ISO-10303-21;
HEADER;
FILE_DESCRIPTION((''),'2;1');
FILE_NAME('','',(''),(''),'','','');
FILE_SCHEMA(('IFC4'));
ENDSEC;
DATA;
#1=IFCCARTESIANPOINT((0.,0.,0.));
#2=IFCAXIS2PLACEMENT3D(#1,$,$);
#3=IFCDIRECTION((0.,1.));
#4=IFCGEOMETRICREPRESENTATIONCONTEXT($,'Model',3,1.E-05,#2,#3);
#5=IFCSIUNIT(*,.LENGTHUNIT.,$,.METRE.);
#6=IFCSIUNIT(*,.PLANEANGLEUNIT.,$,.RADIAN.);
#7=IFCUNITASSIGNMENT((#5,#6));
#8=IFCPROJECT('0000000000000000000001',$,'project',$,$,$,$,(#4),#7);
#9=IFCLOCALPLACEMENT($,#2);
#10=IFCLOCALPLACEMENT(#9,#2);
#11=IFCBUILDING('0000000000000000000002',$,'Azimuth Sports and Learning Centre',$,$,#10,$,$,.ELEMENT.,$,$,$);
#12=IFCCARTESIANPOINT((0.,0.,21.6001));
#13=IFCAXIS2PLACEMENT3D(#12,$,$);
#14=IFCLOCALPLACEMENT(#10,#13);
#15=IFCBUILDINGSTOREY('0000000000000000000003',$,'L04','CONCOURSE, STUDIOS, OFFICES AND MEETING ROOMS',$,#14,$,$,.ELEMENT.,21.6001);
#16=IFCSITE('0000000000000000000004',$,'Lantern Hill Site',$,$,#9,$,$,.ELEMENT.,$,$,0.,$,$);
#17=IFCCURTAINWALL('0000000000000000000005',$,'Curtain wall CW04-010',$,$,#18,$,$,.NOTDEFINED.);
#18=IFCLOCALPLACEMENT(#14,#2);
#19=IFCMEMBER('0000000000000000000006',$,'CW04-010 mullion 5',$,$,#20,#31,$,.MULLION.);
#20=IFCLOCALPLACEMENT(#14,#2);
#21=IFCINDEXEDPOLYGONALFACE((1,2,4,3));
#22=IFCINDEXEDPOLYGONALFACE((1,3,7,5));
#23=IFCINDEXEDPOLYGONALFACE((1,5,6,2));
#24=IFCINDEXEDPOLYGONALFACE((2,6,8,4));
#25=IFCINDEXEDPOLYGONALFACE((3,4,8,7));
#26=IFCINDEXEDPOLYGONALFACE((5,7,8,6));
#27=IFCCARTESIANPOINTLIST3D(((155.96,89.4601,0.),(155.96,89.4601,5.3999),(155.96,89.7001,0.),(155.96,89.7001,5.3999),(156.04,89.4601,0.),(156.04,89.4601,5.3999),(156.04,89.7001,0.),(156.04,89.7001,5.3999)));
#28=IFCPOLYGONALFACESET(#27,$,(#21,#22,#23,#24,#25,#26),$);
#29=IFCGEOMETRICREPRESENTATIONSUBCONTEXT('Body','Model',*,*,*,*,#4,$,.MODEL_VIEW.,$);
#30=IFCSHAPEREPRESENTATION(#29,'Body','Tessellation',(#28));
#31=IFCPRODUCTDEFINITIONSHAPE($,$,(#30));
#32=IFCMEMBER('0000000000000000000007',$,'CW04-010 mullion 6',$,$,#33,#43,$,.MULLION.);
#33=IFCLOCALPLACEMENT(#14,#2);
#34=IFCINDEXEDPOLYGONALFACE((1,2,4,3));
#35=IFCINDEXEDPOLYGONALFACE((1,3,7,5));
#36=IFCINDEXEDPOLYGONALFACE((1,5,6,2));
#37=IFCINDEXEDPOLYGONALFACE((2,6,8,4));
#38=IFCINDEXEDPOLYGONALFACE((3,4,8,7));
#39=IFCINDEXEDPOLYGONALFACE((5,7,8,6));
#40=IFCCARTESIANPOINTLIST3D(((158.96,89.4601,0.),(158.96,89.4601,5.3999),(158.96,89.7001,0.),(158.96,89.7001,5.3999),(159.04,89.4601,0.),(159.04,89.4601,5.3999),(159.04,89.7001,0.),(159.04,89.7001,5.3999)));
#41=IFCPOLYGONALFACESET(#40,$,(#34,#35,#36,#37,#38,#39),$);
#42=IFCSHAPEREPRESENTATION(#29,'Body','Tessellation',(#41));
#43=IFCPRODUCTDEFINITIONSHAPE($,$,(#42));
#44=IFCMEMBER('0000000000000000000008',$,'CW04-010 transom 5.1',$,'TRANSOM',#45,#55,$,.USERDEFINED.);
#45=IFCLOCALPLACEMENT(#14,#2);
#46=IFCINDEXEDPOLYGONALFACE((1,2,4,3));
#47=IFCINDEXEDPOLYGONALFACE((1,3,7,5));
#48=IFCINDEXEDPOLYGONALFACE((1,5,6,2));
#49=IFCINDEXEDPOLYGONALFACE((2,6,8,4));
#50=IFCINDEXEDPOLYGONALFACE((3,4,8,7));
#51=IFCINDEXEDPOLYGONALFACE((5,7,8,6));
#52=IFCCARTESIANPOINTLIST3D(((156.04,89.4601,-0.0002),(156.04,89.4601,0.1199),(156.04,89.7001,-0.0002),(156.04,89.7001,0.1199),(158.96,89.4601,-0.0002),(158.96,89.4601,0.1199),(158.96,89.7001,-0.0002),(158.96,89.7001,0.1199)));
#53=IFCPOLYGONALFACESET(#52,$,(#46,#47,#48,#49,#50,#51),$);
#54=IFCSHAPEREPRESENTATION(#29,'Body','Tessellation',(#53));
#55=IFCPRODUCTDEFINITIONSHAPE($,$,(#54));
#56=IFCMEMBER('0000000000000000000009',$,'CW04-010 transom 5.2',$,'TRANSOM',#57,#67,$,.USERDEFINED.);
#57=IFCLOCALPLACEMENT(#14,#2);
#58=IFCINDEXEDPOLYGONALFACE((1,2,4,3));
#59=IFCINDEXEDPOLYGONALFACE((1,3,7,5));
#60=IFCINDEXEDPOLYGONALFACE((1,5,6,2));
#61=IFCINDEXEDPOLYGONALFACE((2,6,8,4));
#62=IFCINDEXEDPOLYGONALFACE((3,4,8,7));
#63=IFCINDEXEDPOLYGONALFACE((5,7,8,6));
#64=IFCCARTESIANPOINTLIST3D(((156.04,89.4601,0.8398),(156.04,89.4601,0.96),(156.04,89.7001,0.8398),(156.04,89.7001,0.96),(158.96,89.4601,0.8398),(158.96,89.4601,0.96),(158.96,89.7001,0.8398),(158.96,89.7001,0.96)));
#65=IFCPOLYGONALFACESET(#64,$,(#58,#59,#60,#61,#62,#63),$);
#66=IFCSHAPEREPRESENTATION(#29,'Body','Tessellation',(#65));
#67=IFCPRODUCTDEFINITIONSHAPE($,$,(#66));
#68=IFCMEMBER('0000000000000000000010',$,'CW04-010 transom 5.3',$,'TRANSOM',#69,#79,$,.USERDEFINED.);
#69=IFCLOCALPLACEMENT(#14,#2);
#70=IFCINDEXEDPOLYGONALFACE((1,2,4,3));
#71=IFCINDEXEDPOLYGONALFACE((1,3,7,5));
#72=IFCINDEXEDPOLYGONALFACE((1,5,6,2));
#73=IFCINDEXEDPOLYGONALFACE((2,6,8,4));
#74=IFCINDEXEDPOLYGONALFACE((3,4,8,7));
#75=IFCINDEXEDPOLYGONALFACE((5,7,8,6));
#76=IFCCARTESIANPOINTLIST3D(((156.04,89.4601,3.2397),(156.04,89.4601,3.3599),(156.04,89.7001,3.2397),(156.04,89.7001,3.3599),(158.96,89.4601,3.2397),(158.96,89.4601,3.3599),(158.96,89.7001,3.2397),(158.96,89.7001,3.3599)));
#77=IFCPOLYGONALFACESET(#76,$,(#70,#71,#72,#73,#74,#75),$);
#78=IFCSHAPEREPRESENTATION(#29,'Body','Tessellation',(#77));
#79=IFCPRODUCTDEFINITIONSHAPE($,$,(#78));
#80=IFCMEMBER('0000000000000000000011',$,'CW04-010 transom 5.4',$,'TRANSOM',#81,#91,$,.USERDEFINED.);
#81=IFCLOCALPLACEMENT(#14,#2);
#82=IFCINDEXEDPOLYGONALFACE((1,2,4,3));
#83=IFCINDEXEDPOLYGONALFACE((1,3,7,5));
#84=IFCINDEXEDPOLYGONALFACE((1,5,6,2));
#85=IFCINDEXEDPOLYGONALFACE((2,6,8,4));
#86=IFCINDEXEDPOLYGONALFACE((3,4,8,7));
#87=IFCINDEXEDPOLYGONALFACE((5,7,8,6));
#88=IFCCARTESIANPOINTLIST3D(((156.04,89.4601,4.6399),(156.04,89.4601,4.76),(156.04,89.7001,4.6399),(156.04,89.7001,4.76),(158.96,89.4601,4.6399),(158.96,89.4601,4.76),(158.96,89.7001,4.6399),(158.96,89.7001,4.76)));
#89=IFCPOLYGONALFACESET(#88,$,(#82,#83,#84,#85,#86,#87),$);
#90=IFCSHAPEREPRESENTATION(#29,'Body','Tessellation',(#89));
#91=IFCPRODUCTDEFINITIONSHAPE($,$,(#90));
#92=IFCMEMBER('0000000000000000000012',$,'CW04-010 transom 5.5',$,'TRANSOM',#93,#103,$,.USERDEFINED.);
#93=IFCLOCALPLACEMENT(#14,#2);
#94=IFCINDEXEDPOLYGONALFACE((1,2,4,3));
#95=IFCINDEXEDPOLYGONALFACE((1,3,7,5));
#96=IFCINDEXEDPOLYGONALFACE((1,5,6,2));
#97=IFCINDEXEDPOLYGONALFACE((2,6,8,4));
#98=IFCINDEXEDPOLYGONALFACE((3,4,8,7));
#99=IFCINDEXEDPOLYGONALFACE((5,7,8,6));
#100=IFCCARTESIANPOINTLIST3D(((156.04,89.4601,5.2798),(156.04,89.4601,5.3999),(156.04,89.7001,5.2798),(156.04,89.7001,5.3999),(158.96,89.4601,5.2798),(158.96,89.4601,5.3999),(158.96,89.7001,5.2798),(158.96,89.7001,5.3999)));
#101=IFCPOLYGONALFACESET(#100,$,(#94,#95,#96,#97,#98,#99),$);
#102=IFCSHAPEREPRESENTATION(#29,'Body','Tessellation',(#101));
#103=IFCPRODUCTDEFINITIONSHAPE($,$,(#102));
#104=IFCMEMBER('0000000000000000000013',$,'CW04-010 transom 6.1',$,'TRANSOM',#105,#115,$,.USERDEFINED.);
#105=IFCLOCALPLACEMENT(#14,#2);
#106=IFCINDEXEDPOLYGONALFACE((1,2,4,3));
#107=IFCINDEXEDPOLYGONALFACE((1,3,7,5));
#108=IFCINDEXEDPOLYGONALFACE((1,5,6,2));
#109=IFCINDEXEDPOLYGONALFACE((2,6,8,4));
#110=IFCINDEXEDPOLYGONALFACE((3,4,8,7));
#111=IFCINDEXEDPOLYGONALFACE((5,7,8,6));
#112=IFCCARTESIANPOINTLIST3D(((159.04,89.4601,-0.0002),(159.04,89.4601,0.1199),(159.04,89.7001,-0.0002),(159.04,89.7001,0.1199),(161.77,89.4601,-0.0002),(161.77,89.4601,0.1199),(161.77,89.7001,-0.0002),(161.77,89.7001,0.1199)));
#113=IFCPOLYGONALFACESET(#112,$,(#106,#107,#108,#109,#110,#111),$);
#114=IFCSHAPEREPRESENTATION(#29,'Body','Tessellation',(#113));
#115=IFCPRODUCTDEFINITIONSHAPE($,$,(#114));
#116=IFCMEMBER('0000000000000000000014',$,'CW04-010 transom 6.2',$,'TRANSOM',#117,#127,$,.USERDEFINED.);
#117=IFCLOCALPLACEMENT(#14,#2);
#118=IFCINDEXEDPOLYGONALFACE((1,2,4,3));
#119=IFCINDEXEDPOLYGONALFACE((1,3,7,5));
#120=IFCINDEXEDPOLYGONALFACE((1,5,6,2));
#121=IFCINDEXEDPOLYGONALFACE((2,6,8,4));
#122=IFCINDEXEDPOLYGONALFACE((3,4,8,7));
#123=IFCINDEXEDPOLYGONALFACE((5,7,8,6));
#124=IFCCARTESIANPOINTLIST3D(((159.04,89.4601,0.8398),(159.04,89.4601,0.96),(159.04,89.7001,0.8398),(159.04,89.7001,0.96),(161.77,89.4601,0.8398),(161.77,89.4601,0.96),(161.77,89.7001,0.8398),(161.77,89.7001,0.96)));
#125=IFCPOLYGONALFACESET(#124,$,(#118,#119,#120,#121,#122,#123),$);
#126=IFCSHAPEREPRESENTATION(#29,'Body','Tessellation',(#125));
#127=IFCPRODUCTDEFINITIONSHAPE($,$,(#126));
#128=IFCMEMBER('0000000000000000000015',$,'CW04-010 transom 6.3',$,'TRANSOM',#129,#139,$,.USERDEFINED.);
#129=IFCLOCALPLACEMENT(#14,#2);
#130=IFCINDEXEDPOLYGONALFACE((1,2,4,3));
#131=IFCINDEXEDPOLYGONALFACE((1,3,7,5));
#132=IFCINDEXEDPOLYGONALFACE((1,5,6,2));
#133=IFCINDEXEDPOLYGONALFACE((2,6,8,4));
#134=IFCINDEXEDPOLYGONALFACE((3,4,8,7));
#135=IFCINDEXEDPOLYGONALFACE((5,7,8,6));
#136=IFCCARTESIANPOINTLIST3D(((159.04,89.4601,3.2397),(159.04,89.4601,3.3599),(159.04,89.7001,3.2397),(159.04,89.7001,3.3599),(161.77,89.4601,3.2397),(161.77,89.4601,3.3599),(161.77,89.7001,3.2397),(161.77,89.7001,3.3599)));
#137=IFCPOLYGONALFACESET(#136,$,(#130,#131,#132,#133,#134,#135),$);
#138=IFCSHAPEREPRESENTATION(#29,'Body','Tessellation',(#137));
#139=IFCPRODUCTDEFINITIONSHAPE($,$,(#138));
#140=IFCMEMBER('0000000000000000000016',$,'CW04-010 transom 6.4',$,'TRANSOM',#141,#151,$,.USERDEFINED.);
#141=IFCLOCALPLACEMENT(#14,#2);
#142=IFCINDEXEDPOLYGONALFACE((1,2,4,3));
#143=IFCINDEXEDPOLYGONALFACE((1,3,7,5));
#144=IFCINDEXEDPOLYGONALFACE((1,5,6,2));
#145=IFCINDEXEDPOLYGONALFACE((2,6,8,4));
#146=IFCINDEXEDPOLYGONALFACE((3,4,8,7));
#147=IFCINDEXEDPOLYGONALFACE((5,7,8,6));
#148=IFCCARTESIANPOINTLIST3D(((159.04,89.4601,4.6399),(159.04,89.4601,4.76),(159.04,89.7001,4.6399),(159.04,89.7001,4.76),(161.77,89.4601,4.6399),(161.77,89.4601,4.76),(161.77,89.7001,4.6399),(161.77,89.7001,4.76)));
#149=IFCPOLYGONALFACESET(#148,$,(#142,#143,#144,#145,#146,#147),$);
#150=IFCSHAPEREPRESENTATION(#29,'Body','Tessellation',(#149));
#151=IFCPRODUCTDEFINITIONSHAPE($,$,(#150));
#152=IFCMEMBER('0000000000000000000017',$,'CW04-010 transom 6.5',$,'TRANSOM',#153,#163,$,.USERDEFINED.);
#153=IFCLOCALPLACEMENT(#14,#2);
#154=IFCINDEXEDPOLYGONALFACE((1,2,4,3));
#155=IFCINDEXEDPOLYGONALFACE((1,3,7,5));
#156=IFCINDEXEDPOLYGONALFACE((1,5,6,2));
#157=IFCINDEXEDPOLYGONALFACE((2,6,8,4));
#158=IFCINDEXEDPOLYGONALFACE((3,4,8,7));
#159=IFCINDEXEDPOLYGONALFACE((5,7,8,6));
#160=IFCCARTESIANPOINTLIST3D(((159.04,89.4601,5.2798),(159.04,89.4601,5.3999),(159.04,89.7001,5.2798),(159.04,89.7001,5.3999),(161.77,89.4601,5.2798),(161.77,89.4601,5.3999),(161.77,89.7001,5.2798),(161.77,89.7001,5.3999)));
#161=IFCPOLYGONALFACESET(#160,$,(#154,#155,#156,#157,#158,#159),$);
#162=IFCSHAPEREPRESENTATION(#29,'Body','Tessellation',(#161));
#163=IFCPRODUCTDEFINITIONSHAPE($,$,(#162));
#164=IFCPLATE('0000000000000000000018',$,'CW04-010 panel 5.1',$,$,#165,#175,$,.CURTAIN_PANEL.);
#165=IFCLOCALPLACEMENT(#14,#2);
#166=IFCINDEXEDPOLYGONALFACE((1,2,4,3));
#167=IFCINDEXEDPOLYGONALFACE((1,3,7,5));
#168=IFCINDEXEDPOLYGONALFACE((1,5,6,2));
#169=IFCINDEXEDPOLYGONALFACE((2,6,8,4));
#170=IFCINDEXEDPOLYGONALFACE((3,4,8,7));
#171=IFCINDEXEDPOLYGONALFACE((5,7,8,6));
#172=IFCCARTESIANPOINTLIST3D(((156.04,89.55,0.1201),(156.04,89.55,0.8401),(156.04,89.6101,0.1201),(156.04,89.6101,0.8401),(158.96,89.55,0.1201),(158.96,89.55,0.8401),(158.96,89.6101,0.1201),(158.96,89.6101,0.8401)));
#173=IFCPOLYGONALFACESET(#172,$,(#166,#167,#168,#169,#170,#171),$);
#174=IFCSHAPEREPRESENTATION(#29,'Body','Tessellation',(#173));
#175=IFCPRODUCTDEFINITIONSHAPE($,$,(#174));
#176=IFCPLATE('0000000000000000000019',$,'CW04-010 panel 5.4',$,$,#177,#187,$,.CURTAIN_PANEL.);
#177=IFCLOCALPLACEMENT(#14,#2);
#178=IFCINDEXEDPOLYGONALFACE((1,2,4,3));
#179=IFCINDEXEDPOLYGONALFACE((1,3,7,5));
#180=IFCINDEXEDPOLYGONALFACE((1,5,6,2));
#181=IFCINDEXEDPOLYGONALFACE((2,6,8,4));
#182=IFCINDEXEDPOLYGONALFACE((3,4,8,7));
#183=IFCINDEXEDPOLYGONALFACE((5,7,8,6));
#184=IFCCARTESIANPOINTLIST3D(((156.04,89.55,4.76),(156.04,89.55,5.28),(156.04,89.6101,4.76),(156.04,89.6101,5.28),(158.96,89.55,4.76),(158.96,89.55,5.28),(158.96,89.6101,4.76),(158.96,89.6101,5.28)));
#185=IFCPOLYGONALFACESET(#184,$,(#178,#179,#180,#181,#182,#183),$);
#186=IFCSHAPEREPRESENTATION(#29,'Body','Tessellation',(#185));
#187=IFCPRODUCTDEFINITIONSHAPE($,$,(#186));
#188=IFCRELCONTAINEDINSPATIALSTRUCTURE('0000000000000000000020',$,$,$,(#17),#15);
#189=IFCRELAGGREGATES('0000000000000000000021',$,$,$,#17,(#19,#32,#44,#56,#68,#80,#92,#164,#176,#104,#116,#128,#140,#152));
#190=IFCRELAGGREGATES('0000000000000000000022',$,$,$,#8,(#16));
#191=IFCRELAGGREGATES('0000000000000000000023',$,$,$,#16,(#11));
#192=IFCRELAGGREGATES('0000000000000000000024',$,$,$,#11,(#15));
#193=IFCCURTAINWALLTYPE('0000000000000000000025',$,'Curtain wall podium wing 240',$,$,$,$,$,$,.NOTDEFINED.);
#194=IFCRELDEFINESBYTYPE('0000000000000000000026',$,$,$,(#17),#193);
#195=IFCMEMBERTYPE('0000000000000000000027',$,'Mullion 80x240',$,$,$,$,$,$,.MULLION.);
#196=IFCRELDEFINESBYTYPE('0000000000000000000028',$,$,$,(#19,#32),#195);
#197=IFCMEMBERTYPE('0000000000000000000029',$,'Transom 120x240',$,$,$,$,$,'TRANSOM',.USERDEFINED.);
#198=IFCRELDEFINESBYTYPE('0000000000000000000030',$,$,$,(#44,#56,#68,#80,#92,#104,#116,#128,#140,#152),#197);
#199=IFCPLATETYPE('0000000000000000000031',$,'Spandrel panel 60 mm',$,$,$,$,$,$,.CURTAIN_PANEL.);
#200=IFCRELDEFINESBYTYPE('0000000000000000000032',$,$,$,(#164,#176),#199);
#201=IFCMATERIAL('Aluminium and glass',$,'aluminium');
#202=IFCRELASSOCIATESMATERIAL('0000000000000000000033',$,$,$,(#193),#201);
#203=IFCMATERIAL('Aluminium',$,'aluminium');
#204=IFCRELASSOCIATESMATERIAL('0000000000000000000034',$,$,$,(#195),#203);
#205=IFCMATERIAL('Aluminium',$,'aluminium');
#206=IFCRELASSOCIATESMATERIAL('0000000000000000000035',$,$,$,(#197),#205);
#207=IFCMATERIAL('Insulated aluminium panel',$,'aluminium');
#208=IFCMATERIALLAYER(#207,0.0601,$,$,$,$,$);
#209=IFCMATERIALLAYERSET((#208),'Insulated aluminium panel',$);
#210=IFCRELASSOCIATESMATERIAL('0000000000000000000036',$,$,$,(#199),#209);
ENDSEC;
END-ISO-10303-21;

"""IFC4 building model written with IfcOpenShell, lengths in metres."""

from ifc_helpers import new_model, si_unit, direction, frame, origin, origin_2d, place, context, subcontext, project, spatial, rectangle, extrude, material, layer, layer_set, material_profile, profile_set, type_object, element, aggregate, save


model = new_model("IFC4")

# Units and contexts
model_context = context("Model", 3, precision=1e-05, world=origin(), true_north=direction((0.0, 1.0)))
body_context = subcontext(model_context, "Body", "Model", "MODEL_VIEW")
ifc_project = project(units=[si_unit("LENGTHUNIT", "METRE"), si_unit("PLANEANGLEUNIT", "RADIAN")], contexts=[model_context])

# Site, building, storey
site_placement = place(None, origin())
site = spatial("IfcSite", under=ifc_project, at=site_placement, Name="Lantern Hill Site", CompositionType="ELEMENT", RefElevation=0.0)
building_placement = place(site_placement, origin())
building = spatial("IfcBuilding", under=site, at=building_placement, Name="Azimuth Sports and Learning Centre", CompositionType="ELEMENT")
storey_placement = place(building_placement, frame((0.0, 0.0, 21.6001)))
storey = spatial("IfcBuildingStorey", under=building, at=storey_placement, Name="L04", Description="CONCOURSE, STUDIOS, OFFICES AND MEETING ROOMS", CompositionType="ELEMENT", Elevation=21.6001)

# Curtain wall, members, plates
ifc_material_1 = material(Name="Aluminium and glass", Category="aluminium")
curtain_wall_type = type_object("IfcCurtainWallType", Name="Curtain wall podium wing 240", PredefinedType="NOTDEFINED", material=ifc_material_1)
curtain_wall_placement = place(storey_placement, origin())
curtain_wall = element("IfcCurtainWall", 1, at=curtain_wall_placement, inside=storey, type_object=curtain_wall_type, Name="Curtain wall CW04-010", PredefinedType="NOTDEFINED")
ifc_material_2 = material(Name="Aluminium", Category="aluminium")
ifc_material_profile_1 = material_profile(ifc_material_2, rectangle(XDim=0.24, YDim=0.0801, at=origin_2d()), Name="Mullion 80x240")
ifc_profile_set_1 = profile_set([ifc_material_profile_1], Name="Aluminium")
member_type_1 = type_object("IfcMemberType", Name="Mullion 80x240", PredefinedType="MULLION", material=ifc_profile_set_1)
member_1_placement = place(storey_placement, frame((156.0, 89.5801, 0.0), z_axis=(0.0, 0.0, 1.0), x_axis=(0.0, 1.0, 0.0)))
member_1 = element("IfcMember", 2, at=member_1_placement, type_object=member_type_1, Name="CW04-010 mullion 5", PredefinedType="MULLION", context=body_context, shape_type="SweptSolid", body=[
    extrude(rectangle(XDim=0.24, YDim=0.0801, at=origin_2d()), origin(), (0.0, 0.0, 1.0), 5.3999),
])
member_2_placement = place(storey_placement, frame((159.0, 89.5801, 0.0), z_axis=(0.0, 0.0, 1.0), x_axis=(0.0, 1.0, 0.0)))
member_2 = element("IfcMember", 3, at=member_2_placement, type_object=member_type_1, Name="CW04-010 mullion 6", PredefinedType="MULLION", context=body_context, shape_type="SweptSolid", body=[
    extrude(rectangle(XDim=0.24, YDim=0.0801, at=origin_2d()), origin(), (0.0, 0.0, 1.0), 5.3999),
])
ifc_material_3 = material(Name="Aluminium", Category="aluminium")
ifc_material_profile_2 = material_profile(ifc_material_3, rectangle(XDim=0.24, YDim=0.1201, at=origin_2d()), Name="Transom 120x240")
ifc_profile_set_2 = profile_set([ifc_material_profile_2], Name="Aluminium")
member_type_2 = type_object("IfcMemberType", Name="Transom 120x240", ElementType="TRANSOM", PredefinedType="USERDEFINED", material=ifc_profile_set_2)
member_3_placement = place(storey_placement, frame((156.04, 89.5801, 0.0598), z_axis=(1.0, 0.0, 0.0), x_axis=(0.0, 1.0, 0.0)))
member_3 = element("IfcMember", 4, at=member_3_placement, type_object=member_type_2, Name="CW04-010 transom 5.1", ObjectType="TRANSOM", PredefinedType="USERDEFINED", context=body_context, shape_type="SweptSolid", body=[
    extrude(rectangle(XDim=0.24, YDim=0.1201, at=origin_2d()), origin(), (0.0, 0.0, 1.0), 2.9199),
])
member_4_placement = place(storey_placement, frame((156.04, 89.5801, 0.8999), z_axis=(1.0, 0.0, 0.0), x_axis=(0.0, 1.0, 0.0)))
member_4 = element("IfcMember", 5, at=member_4_placement, type_object=member_type_2, Name="CW04-010 transom 5.2", ObjectType="TRANSOM", PredefinedType="USERDEFINED", context=body_context, shape_type="SweptSolid", body=[
    extrude(rectangle(XDim=0.24, YDim=0.1201, at=origin_2d()), origin(), (0.0, 0.0, 1.0), 2.9199),
])
member_5_placement = place(storey_placement, frame((156.04, 89.5801, 3.2998), z_axis=(1.0, 0.0, 0.0), x_axis=(0.0, 1.0, 0.0)))
member_5 = element("IfcMember", 6, at=member_5_placement, type_object=member_type_2, Name="CW04-010 transom 5.3", ObjectType="TRANSOM", PredefinedType="USERDEFINED", context=body_context, shape_type="SweptSolid", body=[
    extrude(rectangle(XDim=0.24, YDim=0.1201, at=origin_2d()), origin(), (0.0, 0.0, 1.0), 2.9199),
])
member_6_placement = place(storey_placement, frame((156.04, 89.5801, 4.7), z_axis=(1.0, 0.0, 0.0), x_axis=(0.0, 1.0, 0.0)))
member_6 = element("IfcMember", 7, at=member_6_placement, type_object=member_type_2, Name="CW04-010 transom 5.4", ObjectType="TRANSOM", PredefinedType="USERDEFINED", context=body_context, shape_type="SweptSolid", body=[
    extrude(rectangle(XDim=0.24, YDim=0.1201, at=origin_2d()), origin(), (0.0, 0.0, 1.0), 2.9199),
])
member_7_placement = place(storey_placement, frame((156.04, 89.5801, 5.3398), z_axis=(1.0, 0.0, 0.0), x_axis=(0.0, 1.0, 0.0)))
member_7 = element("IfcMember", 8, at=member_7_placement, type_object=member_type_2, Name="CW04-010 transom 5.5", ObjectType="TRANSOM", PredefinedType="USERDEFINED", context=body_context, shape_type="SweptSolid", body=[
    extrude(rectangle(XDim=0.24, YDim=0.1201, at=origin_2d()), origin(), (0.0, 0.0, 1.0), 2.9199),
])
member_8_placement = place(storey_placement, frame((159.04, 89.5801, 0.0598), z_axis=(1.0, 0.0, 0.0), x_axis=(0.0, 1.0, 0.0)))
member_8 = element("IfcMember", 9, at=member_8_placement, type_object=member_type_2, Name="CW04-010 transom 6.1", ObjectType="TRANSOM", PredefinedType="USERDEFINED", context=body_context, shape_type="SweptSolid", body=[
    extrude(rectangle(XDim=0.24, YDim=0.1201, at=origin_2d()), origin(), (0.0, 0.0, 1.0), 2.73),
])
member_9_placement = place(storey_placement, frame((159.04, 89.5801, 0.8999), z_axis=(1.0, 0.0, 0.0), x_axis=(0.0, 1.0, 0.0)))
member_9 = element("IfcMember", 10, at=member_9_placement, type_object=member_type_2, Name="CW04-010 transom 6.2", ObjectType="TRANSOM", PredefinedType="USERDEFINED", context=body_context, shape_type="SweptSolid", body=[
    extrude(rectangle(XDim=0.24, YDim=0.1201, at=origin_2d()), origin(), (0.0, 0.0, 1.0), 2.73),
])
member_10_placement = place(storey_placement, frame((159.04, 89.5801, 3.2998), z_axis=(1.0, 0.0, 0.0), x_axis=(0.0, 1.0, 0.0)))
member_10 = element("IfcMember", 11, at=member_10_placement, type_object=member_type_2, Name="CW04-010 transom 6.3", ObjectType="TRANSOM", PredefinedType="USERDEFINED", context=body_context, shape_type="SweptSolid", body=[
    extrude(rectangle(XDim=0.24, YDim=0.1201, at=origin_2d()), origin(), (0.0, 0.0, 1.0), 2.73),
])
member_11_placement = place(storey_placement, frame((159.04, 89.5801, 4.7), z_axis=(1.0, 0.0, 0.0), x_axis=(0.0, 1.0, 0.0)))
member_11 = element("IfcMember", 12, at=member_11_placement, type_object=member_type_2, Name="CW04-010 transom 6.4", ObjectType="TRANSOM", PredefinedType="USERDEFINED", context=body_context, shape_type="SweptSolid", body=[
    extrude(rectangle(XDim=0.24, YDim=0.1201, at=origin_2d()), origin(), (0.0, 0.0, 1.0), 2.73),
])
member_12_placement = place(storey_placement, frame((159.04, 89.5801, 5.3398), z_axis=(1.0, 0.0, 0.0), x_axis=(0.0, 1.0, 0.0)))
member_12 = element("IfcMember", 13, at=member_12_placement, type_object=member_type_2, Name="CW04-010 transom 6.5", ObjectType="TRANSOM", PredefinedType="USERDEFINED", context=body_context, shape_type="SweptSolid", body=[
    extrude(rectangle(XDim=0.24, YDim=0.1201, at=origin_2d()), origin(), (0.0, 0.0, 1.0), 2.73),
])
ifc_material_4 = material(Name="Insulated aluminium panel", Category="aluminium")
ifc_layer_1 = layer(ifc_material_4, 0.0601)
ifc_layer_set_1 = layer_set([ifc_layer_1], Name="Insulated aluminium panel")
plate_type_1 = type_object("IfcPlateType", Name="Spandrel panel 60 mm", PredefinedType="CURTAIN_PANEL", material=ifc_layer_set_1)
plate_1_placement = place(storey_placement, frame((157.5, 89.5801, 0.1201), z_axis=(0.0, 0.0, 1.0), x_axis=(1.0, 0.0, 0.0)))
plate_1 = element("IfcPlate", 14, at=plate_1_placement, type_object=plate_type_1, Name="CW04-010 panel 5.1", PredefinedType="CURTAIN_PANEL", context=body_context, shape_type="SweptSolid", body=[
    extrude(rectangle(XDim=2.9199, YDim=0.0601, at=origin_2d()), origin(), (0.0, 0.0, 1.0), 0.72),
])
plate_2_placement = place(storey_placement, frame((157.5, 89.5801, 4.76), z_axis=(0.0, 0.0, 1.0), x_axis=(1.0, 0.0, 0.0)))
plate_2 = element("IfcPlate", 15, at=plate_2_placement, type_object=plate_type_1, Name="CW04-010 panel 5.4", PredefinedType="CURTAIN_PANEL", context=body_context, shape_type="SweptSolid", body=[
    extrude(rectangle(XDim=2.9199, YDim=0.0601, at=origin_2d()), origin(), (0.0, 0.0, 1.0), 0.52),
])
aggregate(curtain_wall, [member_1, member_2, member_3, member_4, member_5, member_6, member_7, plate_1, plate_2, member_8, member_9, member_10, member_11, member_12])

save(model, "model.ifc")
